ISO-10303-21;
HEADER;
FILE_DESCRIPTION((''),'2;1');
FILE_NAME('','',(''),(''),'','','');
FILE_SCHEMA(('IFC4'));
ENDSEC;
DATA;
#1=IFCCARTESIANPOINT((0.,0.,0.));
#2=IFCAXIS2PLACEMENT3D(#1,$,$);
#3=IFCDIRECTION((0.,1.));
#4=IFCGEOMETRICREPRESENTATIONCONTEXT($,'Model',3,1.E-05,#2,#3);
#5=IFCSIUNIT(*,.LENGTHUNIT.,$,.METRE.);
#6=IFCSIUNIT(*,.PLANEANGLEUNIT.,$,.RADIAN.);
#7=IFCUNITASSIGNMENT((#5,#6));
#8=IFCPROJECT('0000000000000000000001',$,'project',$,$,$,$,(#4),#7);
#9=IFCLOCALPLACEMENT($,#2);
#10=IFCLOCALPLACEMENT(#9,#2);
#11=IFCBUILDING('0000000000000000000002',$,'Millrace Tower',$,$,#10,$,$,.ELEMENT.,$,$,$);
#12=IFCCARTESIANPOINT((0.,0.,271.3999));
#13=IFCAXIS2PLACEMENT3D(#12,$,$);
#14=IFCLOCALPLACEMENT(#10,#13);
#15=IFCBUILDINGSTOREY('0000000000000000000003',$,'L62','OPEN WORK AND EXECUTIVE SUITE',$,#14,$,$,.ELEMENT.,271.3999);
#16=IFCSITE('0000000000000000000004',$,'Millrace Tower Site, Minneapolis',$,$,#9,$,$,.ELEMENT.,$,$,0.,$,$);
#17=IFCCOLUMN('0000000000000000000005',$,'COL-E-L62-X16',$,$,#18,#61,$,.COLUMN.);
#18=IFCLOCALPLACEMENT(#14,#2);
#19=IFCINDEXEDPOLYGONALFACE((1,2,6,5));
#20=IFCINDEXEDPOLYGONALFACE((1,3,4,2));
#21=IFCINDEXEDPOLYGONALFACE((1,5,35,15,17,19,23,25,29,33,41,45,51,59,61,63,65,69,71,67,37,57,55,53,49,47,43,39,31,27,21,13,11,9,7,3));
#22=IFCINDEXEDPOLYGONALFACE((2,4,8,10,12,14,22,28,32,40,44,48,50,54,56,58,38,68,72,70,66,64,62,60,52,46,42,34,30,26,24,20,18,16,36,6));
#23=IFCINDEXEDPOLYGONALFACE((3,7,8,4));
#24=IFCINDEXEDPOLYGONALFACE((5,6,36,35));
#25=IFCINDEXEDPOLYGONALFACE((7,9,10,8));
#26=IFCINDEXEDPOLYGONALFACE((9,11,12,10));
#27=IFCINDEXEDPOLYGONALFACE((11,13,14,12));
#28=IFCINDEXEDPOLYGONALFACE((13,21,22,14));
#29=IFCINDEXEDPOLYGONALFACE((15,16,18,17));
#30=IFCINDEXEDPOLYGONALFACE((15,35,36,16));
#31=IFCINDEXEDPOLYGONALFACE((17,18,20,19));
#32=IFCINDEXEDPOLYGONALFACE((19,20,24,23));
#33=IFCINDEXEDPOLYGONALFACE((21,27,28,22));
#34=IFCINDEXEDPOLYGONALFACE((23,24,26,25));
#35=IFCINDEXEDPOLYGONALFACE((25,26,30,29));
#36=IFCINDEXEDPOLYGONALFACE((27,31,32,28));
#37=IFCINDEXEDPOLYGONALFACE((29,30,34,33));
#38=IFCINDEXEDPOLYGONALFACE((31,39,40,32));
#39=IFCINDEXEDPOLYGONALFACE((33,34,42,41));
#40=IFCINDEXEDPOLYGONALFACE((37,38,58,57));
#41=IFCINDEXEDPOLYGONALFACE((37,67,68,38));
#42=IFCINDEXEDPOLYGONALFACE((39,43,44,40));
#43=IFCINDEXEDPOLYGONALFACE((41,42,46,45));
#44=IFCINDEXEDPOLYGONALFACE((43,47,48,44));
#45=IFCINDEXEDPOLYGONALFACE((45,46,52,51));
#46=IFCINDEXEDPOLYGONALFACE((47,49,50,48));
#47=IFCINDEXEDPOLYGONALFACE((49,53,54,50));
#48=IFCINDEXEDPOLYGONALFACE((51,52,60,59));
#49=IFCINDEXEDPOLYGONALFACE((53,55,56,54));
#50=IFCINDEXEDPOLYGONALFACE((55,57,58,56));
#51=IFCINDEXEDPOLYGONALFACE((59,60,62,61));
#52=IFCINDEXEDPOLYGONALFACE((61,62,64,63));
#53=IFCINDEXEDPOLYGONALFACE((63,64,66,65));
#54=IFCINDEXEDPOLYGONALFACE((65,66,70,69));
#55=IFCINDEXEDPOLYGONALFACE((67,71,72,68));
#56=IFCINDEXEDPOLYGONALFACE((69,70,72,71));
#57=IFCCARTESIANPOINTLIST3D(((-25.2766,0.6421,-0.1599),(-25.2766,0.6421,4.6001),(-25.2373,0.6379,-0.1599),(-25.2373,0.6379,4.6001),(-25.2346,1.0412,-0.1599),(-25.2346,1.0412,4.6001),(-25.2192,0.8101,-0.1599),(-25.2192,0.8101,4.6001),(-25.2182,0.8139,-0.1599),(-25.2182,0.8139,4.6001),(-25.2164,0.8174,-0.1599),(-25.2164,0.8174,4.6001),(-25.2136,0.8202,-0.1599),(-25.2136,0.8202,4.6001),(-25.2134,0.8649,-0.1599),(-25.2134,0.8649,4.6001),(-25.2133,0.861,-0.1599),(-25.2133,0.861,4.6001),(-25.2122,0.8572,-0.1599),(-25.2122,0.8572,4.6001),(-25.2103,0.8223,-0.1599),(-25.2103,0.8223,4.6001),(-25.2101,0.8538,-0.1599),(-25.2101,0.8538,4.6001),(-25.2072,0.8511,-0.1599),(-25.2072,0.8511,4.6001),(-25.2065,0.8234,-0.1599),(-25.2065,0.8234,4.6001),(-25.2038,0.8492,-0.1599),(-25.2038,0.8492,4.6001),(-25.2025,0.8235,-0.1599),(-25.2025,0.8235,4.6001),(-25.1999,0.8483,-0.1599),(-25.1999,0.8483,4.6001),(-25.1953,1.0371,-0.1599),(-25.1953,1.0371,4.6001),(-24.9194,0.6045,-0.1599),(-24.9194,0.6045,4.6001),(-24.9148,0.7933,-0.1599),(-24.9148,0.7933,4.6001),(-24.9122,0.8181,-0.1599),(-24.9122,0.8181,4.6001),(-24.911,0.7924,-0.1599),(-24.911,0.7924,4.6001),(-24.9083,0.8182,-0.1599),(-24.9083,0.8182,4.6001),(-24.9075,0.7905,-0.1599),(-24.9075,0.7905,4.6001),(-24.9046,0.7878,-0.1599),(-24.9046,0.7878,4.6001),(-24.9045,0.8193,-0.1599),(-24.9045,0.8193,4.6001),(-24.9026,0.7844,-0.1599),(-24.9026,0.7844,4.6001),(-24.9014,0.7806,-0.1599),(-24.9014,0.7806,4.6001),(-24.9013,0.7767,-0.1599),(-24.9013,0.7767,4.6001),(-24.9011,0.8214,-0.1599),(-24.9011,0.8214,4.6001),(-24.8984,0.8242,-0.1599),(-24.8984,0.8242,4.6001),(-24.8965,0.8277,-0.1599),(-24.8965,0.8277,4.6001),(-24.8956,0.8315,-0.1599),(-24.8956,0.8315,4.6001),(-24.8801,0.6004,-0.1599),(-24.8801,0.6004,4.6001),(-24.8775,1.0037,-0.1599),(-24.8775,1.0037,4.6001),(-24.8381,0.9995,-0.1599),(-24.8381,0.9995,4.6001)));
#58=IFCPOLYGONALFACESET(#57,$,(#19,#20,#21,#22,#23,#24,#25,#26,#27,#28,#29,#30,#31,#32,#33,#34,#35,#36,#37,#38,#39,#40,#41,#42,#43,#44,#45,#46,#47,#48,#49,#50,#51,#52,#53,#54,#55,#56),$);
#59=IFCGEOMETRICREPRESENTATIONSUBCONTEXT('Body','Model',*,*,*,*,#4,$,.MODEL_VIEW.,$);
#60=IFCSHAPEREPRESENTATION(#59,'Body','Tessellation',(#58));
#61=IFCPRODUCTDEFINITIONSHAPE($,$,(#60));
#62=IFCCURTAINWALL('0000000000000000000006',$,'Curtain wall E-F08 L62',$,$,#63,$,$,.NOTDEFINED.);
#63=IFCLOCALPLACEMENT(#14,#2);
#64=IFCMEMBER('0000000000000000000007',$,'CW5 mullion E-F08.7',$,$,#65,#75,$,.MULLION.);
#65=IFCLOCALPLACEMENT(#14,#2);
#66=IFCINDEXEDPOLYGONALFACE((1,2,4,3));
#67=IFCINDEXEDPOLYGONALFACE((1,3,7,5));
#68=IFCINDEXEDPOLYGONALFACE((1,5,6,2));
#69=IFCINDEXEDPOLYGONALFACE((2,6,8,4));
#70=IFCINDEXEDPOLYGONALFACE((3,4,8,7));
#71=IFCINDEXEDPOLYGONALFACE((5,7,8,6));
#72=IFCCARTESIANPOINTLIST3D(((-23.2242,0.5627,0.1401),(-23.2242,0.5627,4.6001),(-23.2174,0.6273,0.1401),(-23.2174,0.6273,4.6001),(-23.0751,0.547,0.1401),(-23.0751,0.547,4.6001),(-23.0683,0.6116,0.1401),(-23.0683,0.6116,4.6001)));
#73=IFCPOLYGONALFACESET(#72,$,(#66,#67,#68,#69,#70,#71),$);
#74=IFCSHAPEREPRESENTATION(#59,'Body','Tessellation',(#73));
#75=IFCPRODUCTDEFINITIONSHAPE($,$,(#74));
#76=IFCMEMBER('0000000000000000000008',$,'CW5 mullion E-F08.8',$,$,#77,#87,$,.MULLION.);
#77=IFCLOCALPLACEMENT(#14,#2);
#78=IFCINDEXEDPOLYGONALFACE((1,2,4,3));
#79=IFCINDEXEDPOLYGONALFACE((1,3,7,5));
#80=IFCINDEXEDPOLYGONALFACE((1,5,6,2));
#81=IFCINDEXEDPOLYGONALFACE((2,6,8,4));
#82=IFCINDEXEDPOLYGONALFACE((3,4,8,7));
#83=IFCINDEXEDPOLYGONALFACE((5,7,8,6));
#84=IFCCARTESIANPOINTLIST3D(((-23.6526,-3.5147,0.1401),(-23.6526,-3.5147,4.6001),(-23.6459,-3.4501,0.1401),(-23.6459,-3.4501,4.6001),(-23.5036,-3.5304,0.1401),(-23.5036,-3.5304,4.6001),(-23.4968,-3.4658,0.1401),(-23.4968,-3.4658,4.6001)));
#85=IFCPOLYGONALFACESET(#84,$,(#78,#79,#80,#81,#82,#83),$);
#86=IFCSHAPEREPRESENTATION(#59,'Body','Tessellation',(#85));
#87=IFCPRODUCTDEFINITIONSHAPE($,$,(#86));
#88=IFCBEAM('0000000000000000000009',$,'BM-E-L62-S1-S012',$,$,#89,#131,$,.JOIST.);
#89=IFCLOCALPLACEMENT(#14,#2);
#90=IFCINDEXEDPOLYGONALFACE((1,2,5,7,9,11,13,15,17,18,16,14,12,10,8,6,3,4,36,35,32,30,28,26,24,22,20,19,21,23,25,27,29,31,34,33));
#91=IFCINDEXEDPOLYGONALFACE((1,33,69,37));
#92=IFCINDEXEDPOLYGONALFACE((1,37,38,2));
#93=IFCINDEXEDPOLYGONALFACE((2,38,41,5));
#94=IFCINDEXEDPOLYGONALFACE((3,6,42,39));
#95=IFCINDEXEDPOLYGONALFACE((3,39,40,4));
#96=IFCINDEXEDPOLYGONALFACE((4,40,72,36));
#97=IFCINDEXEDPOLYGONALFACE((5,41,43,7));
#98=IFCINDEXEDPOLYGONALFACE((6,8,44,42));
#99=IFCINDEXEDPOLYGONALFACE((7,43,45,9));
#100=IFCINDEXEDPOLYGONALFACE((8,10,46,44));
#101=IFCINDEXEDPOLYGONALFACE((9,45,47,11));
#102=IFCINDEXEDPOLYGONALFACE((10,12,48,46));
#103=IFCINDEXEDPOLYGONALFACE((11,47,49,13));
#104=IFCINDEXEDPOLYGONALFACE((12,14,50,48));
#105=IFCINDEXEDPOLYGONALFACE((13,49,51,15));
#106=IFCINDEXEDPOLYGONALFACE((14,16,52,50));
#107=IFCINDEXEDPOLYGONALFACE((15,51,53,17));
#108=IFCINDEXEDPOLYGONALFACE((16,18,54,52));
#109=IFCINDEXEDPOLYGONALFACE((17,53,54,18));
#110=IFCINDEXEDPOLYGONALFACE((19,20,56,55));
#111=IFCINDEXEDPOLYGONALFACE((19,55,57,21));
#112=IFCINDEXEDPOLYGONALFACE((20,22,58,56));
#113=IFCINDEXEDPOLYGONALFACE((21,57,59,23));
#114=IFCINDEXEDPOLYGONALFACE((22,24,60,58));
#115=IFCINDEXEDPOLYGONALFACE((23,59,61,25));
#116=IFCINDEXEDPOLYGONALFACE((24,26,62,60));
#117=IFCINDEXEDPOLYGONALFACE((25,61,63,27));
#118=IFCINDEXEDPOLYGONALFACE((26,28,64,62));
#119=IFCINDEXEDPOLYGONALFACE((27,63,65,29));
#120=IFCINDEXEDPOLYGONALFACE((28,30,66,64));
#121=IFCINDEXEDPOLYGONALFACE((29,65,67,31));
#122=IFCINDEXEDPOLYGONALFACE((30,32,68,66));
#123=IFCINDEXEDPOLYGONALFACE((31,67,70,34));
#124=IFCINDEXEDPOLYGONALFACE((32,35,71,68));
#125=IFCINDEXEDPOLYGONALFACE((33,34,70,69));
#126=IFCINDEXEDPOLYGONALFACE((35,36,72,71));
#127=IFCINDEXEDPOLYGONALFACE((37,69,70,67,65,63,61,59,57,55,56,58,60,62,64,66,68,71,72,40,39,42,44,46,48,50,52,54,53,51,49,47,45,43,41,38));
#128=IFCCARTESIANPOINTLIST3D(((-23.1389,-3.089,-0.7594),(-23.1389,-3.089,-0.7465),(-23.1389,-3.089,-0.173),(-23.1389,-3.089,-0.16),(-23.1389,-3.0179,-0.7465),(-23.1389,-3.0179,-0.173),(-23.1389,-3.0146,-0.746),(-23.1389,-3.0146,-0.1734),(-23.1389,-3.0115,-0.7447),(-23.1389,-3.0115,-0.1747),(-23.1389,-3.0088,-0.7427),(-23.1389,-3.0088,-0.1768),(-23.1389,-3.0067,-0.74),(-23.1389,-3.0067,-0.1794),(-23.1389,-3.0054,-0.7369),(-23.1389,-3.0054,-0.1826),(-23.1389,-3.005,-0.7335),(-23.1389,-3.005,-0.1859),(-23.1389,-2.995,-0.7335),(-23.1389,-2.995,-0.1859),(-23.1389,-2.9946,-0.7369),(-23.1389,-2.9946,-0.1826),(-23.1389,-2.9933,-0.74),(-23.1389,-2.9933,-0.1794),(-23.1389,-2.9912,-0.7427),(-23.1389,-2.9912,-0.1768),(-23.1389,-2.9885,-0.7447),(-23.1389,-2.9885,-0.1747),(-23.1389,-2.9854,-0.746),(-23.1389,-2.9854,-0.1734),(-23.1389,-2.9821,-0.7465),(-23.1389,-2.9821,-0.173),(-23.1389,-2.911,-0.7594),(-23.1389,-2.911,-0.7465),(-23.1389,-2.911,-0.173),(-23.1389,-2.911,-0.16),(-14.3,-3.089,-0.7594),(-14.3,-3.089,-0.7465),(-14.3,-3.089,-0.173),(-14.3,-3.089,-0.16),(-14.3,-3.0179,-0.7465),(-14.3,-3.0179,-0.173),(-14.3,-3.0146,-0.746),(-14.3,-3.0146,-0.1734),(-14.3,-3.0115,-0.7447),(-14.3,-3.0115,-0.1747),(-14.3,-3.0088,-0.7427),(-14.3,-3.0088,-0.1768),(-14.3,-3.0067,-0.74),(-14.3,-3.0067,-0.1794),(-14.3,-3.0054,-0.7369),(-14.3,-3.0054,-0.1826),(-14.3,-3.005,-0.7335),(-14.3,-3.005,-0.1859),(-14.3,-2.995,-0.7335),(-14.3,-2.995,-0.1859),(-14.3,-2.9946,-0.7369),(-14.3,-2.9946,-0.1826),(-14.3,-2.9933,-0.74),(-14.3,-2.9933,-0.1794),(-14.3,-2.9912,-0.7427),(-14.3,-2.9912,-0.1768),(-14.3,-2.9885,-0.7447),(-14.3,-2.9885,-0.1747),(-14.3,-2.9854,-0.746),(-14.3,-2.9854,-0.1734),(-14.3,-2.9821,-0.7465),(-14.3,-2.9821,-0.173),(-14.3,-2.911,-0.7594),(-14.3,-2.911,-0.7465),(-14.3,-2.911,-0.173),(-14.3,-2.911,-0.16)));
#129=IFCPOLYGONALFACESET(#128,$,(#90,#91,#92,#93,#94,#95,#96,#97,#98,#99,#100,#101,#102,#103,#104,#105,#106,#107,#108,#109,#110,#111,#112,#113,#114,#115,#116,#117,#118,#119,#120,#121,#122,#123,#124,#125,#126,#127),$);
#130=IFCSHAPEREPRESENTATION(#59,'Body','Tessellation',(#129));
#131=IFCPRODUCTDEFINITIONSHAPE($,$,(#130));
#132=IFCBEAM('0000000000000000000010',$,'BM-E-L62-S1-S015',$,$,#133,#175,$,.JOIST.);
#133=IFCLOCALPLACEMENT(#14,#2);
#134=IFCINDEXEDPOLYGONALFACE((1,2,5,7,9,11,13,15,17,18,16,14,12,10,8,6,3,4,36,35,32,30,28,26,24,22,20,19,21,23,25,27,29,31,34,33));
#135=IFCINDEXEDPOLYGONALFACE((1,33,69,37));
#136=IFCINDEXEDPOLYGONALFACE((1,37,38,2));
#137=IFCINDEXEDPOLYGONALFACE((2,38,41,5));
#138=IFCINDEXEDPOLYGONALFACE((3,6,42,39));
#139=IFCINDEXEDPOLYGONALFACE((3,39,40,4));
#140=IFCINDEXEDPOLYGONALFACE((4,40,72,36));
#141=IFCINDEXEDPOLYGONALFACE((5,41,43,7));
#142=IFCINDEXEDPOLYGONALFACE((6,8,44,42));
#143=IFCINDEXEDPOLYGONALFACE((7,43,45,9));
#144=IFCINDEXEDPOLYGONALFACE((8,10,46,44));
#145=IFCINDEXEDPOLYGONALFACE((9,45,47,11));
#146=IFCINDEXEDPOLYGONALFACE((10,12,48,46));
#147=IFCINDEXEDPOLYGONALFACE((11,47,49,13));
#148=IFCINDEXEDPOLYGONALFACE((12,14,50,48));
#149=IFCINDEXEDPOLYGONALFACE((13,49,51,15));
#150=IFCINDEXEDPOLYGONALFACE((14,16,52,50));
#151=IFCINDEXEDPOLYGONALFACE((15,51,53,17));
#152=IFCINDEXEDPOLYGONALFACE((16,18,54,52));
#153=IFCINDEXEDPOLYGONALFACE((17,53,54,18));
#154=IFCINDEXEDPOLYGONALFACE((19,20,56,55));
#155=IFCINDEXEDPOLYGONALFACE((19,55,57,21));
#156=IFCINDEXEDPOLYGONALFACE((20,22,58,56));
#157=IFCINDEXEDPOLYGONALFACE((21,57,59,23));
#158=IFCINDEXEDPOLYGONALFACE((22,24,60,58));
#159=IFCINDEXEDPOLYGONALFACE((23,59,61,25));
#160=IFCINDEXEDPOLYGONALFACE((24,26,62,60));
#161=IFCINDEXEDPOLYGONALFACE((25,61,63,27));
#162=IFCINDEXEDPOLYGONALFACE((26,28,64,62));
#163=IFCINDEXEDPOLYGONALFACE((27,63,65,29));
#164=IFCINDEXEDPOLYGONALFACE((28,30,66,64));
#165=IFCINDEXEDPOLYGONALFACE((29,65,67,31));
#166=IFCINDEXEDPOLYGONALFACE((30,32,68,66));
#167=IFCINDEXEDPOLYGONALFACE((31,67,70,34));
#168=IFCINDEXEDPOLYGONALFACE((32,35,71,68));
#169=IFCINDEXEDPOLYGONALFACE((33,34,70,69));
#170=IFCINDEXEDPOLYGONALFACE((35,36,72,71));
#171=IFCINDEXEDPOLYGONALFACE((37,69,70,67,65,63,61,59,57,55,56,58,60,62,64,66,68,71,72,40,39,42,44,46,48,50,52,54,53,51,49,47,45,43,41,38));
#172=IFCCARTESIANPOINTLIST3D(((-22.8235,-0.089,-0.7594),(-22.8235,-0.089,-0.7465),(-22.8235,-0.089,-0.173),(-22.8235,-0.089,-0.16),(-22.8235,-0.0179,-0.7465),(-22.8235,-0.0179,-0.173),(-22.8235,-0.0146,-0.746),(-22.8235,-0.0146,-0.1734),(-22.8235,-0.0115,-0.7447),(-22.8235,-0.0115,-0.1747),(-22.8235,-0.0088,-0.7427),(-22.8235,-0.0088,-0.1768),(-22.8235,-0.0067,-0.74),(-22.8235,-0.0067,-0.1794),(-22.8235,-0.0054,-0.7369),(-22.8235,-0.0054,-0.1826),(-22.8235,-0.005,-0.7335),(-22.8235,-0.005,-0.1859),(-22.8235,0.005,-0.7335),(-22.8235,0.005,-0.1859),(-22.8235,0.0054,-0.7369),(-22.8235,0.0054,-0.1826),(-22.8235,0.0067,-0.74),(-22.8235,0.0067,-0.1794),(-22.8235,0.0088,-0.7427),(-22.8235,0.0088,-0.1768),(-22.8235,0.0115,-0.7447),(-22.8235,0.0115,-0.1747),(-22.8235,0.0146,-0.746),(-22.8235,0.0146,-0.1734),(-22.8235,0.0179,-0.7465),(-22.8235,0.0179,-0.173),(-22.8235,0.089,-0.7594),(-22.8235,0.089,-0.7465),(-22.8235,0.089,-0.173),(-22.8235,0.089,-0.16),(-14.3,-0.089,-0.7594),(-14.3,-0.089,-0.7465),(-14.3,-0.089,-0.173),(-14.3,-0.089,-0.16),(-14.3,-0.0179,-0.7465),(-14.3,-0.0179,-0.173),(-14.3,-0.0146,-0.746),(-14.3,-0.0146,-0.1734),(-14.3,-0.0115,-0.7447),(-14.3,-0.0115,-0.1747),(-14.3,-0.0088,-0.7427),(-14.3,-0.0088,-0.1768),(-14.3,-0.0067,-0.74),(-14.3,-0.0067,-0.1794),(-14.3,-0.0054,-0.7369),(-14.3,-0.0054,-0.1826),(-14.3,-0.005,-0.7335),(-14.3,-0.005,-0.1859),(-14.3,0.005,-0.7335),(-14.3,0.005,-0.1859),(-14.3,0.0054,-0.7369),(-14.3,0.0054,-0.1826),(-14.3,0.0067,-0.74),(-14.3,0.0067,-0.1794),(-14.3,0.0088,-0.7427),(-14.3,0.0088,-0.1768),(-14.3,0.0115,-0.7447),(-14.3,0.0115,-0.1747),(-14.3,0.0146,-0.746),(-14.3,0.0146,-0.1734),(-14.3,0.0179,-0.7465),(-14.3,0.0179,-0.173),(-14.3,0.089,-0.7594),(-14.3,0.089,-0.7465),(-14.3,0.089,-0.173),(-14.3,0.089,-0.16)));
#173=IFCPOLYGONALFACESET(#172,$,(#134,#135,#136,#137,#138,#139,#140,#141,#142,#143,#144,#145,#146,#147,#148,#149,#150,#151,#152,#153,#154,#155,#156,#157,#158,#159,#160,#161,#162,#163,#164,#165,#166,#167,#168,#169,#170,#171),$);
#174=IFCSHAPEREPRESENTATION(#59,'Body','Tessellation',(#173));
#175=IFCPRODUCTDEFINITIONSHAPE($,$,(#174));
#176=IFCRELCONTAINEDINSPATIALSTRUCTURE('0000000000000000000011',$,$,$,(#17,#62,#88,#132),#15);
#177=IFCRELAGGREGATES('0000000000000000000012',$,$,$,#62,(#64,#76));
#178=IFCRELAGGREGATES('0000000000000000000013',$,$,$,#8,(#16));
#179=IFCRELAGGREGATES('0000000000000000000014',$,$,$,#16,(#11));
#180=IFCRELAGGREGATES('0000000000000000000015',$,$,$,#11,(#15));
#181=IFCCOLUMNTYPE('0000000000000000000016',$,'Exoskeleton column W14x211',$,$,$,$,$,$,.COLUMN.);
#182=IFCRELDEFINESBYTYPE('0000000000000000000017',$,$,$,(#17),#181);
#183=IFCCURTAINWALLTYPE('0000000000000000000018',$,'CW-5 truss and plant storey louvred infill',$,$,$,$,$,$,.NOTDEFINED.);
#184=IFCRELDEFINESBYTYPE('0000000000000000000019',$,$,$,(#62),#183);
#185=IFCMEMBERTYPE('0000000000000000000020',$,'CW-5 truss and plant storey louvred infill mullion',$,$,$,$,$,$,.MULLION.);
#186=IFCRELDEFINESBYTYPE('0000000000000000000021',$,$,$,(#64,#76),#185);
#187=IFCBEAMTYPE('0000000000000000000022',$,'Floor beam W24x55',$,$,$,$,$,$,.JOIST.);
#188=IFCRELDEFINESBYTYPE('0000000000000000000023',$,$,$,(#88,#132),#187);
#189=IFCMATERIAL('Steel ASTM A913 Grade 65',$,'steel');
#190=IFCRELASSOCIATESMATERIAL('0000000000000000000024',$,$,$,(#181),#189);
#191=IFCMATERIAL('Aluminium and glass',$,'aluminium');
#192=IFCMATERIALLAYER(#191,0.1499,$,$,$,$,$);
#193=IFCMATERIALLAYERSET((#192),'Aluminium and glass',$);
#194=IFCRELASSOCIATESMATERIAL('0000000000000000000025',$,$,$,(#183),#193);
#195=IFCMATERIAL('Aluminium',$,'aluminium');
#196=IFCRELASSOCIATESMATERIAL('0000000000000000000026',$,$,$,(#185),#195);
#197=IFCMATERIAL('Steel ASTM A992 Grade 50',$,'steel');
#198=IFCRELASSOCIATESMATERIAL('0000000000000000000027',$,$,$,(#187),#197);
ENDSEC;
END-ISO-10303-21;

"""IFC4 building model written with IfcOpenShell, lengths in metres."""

from ifc_helpers import new_model, si_unit, direction, frame, origin, origin_2d, place, context, subcontext, project, spatial, rectangle, i_section, extrude, material, layer, layer_set, material_profile, profile_set, type_object, element, aggregate, save


model = new_model("IFC4")

# Units and contexts
model_context = context("Model", 3, precision=1e-05, world=origin(), true_north=direction((0.0, 1.0)))
body_context = subcontext(model_context, "Body", "Model", "MODEL_VIEW")
ifc_project = project(units=[si_unit("LENGTHUNIT", "METRE"), si_unit("PLANEANGLEUNIT", "RADIAN")], contexts=[model_context])

# Site, building, storey
site_placement = place(None, origin())
site = spatial("IfcSite", under=ifc_project, at=site_placement, Name="Millrace Tower Site, Minneapolis", CompositionType="ELEMENT", RefElevation=0.0)
building_placement = place(site_placement, origin())
building = spatial("IfcBuilding", under=site, at=building_placement, Name="Millrace Tower", CompositionType="ELEMENT")
storey_placement = place(building_placement, frame((0.0, 0.0, 271.3999)))
storey = spatial("IfcBuildingStorey", under=building, at=storey_placement, Name="L62", Description="OPEN WORK AND EXECUTIVE SUITE", CompositionType="ELEMENT", Elevation=271.3999)

# Column
ifc_material_1 = material(Name="Steel ASTM A913 Grade 65", Category="steel")
ifc_material_profile_1 = material_profile(ifc_material_1, i_section(OverallWidth=0.4014, OverallDepth=0.3987, WebThickness=0.0249, FlangeThickness=0.0396, FilletRadius=0.0151, at=origin_2d()))
ifc_profile_set_1 = profile_set([ifc_material_profile_1], Name="Steel ASTM A913 Grade 65")
column_type = type_object("IfcColumnType", Name="Exoskeleton column W14x211", PredefinedType="COLUMN", material=ifc_profile_set_1)
column_placement = place(storey_placement, frame((-25.0574, 0.8208, -0.1599), z_axis=(0.0, 0.0, 1.0), x_axis=(-0.104528, -0.994522, 0.0)))
element("IfcColumn", 1, at=column_placement, inside=storey, type_object=column_type, Name="COL-E-L62-X16", PredefinedType="COLUMN", context=body_context, shape_type="SweptSolid", body=[
    extrude(i_section(OverallWidth=0.4014, OverallDepth=0.3987, WebThickness=0.0249, FlangeThickness=0.0396, FilletRadius=0.0151, at=origin_2d()), origin(), (0.0, 0.0, 1.0), 4.76),
])

# Curtain wall, members
ifc_material_2 = material(Name="Aluminium and glass", Category="aluminium")
ifc_layer_1 = layer(ifc_material_2, 0.1499)
ifc_layer_set_1 = layer_set([ifc_layer_1], Name="Aluminium and glass")
curtain_wall_type = type_object("IfcCurtainWallType", Name="CW-5 truss and plant storey louvred infill", PredefinedType="NOTDEFINED", material=ifc_layer_set_1)
curtain_wall_placement = place(storey_placement, origin())
curtain_wall = element("IfcCurtainWall", 2, at=curtain_wall_placement, inside=storey, type_object=curtain_wall_type, Name="Curtain wall E-F08 L62", PredefinedType="NOTDEFINED")
ifc_material_3 = material(Name="Aluminium", Category="aluminium")
ifc_material_profile_2 = material_profile(ifc_material_3, rectangle(XDim=0.0649, YDim=0.1499, at=origin_2d()))
ifc_profile_set_2 = profile_set([ifc_material_profile_2], Name="Aluminium")
member_type_1 = type_object("IfcMemberType", Name="CW-5 truss and plant storey louvred infill mullion", PredefinedType="MULLION", material=ifc_profile_set_2)
member_1_placement = place(storey_placement, frame((-23.1462, 0.5872, 0.1401), z_axis=(0.0, 0.0, 1.0), x_axis=(-0.104528, -0.994522, 0.0)))
member_1 = element("IfcMember", 3, at=member_1_placement, type_object=member_type_1, Name="CW5 mullion E-F08.7", PredefinedType="MULLION", context=body_context, shape_type="SweptSolid", body=[
    extrude(rectangle(XDim=0.0649, YDim=0.1499, at=origin_2d()), origin(), (0.0, 0.0, 1.0), 4.46),
])
member_2_placement = place(storey_placement, frame((-23.5747, -3.4902, 0.1401), z_axis=(0.0, 0.0, 1.0), x_axis=(-0.104528, -0.994522, 0.0)))
member_2 = element("IfcMember", 4, at=member_2_placement, type_object=member_type_1, Name="CW5 mullion E-F08.8", PredefinedType="MULLION", context=body_context, shape_type="SweptSolid", body=[
    extrude(rectangle(XDim=0.0649, YDim=0.1499, at=origin_2d()), origin(), (0.0, 0.0, 1.0), 4.46),
])
aggregate(curtain_wall, [member_1, member_2])

# Beams
ifc_material_4 = material(Name="Steel ASTM A992 Grade 50", Category="steel")
ifc_material_profile_3 = material_profile(ifc_material_4, i_section(OverallWidth=0.178, OverallDepth=0.5994, WebThickness=0.01, FlangeThickness=0.0129, FilletRadius=0.0129, at=origin_2d()))
ifc_profile_set_3 = profile_set([ifc_material_profile_3], Name="Steel ASTM A992 Grade 50")
beam_type_1 = type_object("IfcBeamType", Name="Floor beam W24x55", PredefinedType="JOIST", material=ifc_profile_set_3)
beam_1_placement = place(storey_placement, frame((-23.1389, -3.0, -0.4597), z_axis=(1.0, 0.0, 0.0), x_axis=(0.0, 1.0, 0.0)))
element("IfcBeam", 5, at=beam_1_placement, inside=storey, type_object=beam_type_1, Name="BM-E-L62-S1-S012", PredefinedType="JOIST", context=body_context, shape_type="SweptSolid", body=[
    extrude(i_section(OverallWidth=0.178, OverallDepth=0.5994, WebThickness=0.01, FlangeThickness=0.0129, FilletRadius=0.0129, at=origin_2d()), origin(), (0.0, 0.0, 1.0), 8.8389),
])
beam_2_placement = place(storey_placement, frame((-22.8235, 0.0, -0.4597), z_axis=(1.0, 0.0, 0.0), x_axis=(0.0, 1.0, 0.0)))
element("IfcBeam", 6, at=beam_2_placement, inside=storey, type_object=beam_type_1, Name="BM-E-L62-S1-S015", PredefinedType="JOIST", context=body_context, shape_type="SweptSolid", body=[
    extrude(i_section(OverallWidth=0.178, OverallDepth=0.5994, WebThickness=0.01, FlangeThickness=0.0129, FilletRadius=0.0129, at=origin_2d()), origin(), (0.0, 0.0, 1.0), 8.5234),
])

save(model, "model.ifc")
